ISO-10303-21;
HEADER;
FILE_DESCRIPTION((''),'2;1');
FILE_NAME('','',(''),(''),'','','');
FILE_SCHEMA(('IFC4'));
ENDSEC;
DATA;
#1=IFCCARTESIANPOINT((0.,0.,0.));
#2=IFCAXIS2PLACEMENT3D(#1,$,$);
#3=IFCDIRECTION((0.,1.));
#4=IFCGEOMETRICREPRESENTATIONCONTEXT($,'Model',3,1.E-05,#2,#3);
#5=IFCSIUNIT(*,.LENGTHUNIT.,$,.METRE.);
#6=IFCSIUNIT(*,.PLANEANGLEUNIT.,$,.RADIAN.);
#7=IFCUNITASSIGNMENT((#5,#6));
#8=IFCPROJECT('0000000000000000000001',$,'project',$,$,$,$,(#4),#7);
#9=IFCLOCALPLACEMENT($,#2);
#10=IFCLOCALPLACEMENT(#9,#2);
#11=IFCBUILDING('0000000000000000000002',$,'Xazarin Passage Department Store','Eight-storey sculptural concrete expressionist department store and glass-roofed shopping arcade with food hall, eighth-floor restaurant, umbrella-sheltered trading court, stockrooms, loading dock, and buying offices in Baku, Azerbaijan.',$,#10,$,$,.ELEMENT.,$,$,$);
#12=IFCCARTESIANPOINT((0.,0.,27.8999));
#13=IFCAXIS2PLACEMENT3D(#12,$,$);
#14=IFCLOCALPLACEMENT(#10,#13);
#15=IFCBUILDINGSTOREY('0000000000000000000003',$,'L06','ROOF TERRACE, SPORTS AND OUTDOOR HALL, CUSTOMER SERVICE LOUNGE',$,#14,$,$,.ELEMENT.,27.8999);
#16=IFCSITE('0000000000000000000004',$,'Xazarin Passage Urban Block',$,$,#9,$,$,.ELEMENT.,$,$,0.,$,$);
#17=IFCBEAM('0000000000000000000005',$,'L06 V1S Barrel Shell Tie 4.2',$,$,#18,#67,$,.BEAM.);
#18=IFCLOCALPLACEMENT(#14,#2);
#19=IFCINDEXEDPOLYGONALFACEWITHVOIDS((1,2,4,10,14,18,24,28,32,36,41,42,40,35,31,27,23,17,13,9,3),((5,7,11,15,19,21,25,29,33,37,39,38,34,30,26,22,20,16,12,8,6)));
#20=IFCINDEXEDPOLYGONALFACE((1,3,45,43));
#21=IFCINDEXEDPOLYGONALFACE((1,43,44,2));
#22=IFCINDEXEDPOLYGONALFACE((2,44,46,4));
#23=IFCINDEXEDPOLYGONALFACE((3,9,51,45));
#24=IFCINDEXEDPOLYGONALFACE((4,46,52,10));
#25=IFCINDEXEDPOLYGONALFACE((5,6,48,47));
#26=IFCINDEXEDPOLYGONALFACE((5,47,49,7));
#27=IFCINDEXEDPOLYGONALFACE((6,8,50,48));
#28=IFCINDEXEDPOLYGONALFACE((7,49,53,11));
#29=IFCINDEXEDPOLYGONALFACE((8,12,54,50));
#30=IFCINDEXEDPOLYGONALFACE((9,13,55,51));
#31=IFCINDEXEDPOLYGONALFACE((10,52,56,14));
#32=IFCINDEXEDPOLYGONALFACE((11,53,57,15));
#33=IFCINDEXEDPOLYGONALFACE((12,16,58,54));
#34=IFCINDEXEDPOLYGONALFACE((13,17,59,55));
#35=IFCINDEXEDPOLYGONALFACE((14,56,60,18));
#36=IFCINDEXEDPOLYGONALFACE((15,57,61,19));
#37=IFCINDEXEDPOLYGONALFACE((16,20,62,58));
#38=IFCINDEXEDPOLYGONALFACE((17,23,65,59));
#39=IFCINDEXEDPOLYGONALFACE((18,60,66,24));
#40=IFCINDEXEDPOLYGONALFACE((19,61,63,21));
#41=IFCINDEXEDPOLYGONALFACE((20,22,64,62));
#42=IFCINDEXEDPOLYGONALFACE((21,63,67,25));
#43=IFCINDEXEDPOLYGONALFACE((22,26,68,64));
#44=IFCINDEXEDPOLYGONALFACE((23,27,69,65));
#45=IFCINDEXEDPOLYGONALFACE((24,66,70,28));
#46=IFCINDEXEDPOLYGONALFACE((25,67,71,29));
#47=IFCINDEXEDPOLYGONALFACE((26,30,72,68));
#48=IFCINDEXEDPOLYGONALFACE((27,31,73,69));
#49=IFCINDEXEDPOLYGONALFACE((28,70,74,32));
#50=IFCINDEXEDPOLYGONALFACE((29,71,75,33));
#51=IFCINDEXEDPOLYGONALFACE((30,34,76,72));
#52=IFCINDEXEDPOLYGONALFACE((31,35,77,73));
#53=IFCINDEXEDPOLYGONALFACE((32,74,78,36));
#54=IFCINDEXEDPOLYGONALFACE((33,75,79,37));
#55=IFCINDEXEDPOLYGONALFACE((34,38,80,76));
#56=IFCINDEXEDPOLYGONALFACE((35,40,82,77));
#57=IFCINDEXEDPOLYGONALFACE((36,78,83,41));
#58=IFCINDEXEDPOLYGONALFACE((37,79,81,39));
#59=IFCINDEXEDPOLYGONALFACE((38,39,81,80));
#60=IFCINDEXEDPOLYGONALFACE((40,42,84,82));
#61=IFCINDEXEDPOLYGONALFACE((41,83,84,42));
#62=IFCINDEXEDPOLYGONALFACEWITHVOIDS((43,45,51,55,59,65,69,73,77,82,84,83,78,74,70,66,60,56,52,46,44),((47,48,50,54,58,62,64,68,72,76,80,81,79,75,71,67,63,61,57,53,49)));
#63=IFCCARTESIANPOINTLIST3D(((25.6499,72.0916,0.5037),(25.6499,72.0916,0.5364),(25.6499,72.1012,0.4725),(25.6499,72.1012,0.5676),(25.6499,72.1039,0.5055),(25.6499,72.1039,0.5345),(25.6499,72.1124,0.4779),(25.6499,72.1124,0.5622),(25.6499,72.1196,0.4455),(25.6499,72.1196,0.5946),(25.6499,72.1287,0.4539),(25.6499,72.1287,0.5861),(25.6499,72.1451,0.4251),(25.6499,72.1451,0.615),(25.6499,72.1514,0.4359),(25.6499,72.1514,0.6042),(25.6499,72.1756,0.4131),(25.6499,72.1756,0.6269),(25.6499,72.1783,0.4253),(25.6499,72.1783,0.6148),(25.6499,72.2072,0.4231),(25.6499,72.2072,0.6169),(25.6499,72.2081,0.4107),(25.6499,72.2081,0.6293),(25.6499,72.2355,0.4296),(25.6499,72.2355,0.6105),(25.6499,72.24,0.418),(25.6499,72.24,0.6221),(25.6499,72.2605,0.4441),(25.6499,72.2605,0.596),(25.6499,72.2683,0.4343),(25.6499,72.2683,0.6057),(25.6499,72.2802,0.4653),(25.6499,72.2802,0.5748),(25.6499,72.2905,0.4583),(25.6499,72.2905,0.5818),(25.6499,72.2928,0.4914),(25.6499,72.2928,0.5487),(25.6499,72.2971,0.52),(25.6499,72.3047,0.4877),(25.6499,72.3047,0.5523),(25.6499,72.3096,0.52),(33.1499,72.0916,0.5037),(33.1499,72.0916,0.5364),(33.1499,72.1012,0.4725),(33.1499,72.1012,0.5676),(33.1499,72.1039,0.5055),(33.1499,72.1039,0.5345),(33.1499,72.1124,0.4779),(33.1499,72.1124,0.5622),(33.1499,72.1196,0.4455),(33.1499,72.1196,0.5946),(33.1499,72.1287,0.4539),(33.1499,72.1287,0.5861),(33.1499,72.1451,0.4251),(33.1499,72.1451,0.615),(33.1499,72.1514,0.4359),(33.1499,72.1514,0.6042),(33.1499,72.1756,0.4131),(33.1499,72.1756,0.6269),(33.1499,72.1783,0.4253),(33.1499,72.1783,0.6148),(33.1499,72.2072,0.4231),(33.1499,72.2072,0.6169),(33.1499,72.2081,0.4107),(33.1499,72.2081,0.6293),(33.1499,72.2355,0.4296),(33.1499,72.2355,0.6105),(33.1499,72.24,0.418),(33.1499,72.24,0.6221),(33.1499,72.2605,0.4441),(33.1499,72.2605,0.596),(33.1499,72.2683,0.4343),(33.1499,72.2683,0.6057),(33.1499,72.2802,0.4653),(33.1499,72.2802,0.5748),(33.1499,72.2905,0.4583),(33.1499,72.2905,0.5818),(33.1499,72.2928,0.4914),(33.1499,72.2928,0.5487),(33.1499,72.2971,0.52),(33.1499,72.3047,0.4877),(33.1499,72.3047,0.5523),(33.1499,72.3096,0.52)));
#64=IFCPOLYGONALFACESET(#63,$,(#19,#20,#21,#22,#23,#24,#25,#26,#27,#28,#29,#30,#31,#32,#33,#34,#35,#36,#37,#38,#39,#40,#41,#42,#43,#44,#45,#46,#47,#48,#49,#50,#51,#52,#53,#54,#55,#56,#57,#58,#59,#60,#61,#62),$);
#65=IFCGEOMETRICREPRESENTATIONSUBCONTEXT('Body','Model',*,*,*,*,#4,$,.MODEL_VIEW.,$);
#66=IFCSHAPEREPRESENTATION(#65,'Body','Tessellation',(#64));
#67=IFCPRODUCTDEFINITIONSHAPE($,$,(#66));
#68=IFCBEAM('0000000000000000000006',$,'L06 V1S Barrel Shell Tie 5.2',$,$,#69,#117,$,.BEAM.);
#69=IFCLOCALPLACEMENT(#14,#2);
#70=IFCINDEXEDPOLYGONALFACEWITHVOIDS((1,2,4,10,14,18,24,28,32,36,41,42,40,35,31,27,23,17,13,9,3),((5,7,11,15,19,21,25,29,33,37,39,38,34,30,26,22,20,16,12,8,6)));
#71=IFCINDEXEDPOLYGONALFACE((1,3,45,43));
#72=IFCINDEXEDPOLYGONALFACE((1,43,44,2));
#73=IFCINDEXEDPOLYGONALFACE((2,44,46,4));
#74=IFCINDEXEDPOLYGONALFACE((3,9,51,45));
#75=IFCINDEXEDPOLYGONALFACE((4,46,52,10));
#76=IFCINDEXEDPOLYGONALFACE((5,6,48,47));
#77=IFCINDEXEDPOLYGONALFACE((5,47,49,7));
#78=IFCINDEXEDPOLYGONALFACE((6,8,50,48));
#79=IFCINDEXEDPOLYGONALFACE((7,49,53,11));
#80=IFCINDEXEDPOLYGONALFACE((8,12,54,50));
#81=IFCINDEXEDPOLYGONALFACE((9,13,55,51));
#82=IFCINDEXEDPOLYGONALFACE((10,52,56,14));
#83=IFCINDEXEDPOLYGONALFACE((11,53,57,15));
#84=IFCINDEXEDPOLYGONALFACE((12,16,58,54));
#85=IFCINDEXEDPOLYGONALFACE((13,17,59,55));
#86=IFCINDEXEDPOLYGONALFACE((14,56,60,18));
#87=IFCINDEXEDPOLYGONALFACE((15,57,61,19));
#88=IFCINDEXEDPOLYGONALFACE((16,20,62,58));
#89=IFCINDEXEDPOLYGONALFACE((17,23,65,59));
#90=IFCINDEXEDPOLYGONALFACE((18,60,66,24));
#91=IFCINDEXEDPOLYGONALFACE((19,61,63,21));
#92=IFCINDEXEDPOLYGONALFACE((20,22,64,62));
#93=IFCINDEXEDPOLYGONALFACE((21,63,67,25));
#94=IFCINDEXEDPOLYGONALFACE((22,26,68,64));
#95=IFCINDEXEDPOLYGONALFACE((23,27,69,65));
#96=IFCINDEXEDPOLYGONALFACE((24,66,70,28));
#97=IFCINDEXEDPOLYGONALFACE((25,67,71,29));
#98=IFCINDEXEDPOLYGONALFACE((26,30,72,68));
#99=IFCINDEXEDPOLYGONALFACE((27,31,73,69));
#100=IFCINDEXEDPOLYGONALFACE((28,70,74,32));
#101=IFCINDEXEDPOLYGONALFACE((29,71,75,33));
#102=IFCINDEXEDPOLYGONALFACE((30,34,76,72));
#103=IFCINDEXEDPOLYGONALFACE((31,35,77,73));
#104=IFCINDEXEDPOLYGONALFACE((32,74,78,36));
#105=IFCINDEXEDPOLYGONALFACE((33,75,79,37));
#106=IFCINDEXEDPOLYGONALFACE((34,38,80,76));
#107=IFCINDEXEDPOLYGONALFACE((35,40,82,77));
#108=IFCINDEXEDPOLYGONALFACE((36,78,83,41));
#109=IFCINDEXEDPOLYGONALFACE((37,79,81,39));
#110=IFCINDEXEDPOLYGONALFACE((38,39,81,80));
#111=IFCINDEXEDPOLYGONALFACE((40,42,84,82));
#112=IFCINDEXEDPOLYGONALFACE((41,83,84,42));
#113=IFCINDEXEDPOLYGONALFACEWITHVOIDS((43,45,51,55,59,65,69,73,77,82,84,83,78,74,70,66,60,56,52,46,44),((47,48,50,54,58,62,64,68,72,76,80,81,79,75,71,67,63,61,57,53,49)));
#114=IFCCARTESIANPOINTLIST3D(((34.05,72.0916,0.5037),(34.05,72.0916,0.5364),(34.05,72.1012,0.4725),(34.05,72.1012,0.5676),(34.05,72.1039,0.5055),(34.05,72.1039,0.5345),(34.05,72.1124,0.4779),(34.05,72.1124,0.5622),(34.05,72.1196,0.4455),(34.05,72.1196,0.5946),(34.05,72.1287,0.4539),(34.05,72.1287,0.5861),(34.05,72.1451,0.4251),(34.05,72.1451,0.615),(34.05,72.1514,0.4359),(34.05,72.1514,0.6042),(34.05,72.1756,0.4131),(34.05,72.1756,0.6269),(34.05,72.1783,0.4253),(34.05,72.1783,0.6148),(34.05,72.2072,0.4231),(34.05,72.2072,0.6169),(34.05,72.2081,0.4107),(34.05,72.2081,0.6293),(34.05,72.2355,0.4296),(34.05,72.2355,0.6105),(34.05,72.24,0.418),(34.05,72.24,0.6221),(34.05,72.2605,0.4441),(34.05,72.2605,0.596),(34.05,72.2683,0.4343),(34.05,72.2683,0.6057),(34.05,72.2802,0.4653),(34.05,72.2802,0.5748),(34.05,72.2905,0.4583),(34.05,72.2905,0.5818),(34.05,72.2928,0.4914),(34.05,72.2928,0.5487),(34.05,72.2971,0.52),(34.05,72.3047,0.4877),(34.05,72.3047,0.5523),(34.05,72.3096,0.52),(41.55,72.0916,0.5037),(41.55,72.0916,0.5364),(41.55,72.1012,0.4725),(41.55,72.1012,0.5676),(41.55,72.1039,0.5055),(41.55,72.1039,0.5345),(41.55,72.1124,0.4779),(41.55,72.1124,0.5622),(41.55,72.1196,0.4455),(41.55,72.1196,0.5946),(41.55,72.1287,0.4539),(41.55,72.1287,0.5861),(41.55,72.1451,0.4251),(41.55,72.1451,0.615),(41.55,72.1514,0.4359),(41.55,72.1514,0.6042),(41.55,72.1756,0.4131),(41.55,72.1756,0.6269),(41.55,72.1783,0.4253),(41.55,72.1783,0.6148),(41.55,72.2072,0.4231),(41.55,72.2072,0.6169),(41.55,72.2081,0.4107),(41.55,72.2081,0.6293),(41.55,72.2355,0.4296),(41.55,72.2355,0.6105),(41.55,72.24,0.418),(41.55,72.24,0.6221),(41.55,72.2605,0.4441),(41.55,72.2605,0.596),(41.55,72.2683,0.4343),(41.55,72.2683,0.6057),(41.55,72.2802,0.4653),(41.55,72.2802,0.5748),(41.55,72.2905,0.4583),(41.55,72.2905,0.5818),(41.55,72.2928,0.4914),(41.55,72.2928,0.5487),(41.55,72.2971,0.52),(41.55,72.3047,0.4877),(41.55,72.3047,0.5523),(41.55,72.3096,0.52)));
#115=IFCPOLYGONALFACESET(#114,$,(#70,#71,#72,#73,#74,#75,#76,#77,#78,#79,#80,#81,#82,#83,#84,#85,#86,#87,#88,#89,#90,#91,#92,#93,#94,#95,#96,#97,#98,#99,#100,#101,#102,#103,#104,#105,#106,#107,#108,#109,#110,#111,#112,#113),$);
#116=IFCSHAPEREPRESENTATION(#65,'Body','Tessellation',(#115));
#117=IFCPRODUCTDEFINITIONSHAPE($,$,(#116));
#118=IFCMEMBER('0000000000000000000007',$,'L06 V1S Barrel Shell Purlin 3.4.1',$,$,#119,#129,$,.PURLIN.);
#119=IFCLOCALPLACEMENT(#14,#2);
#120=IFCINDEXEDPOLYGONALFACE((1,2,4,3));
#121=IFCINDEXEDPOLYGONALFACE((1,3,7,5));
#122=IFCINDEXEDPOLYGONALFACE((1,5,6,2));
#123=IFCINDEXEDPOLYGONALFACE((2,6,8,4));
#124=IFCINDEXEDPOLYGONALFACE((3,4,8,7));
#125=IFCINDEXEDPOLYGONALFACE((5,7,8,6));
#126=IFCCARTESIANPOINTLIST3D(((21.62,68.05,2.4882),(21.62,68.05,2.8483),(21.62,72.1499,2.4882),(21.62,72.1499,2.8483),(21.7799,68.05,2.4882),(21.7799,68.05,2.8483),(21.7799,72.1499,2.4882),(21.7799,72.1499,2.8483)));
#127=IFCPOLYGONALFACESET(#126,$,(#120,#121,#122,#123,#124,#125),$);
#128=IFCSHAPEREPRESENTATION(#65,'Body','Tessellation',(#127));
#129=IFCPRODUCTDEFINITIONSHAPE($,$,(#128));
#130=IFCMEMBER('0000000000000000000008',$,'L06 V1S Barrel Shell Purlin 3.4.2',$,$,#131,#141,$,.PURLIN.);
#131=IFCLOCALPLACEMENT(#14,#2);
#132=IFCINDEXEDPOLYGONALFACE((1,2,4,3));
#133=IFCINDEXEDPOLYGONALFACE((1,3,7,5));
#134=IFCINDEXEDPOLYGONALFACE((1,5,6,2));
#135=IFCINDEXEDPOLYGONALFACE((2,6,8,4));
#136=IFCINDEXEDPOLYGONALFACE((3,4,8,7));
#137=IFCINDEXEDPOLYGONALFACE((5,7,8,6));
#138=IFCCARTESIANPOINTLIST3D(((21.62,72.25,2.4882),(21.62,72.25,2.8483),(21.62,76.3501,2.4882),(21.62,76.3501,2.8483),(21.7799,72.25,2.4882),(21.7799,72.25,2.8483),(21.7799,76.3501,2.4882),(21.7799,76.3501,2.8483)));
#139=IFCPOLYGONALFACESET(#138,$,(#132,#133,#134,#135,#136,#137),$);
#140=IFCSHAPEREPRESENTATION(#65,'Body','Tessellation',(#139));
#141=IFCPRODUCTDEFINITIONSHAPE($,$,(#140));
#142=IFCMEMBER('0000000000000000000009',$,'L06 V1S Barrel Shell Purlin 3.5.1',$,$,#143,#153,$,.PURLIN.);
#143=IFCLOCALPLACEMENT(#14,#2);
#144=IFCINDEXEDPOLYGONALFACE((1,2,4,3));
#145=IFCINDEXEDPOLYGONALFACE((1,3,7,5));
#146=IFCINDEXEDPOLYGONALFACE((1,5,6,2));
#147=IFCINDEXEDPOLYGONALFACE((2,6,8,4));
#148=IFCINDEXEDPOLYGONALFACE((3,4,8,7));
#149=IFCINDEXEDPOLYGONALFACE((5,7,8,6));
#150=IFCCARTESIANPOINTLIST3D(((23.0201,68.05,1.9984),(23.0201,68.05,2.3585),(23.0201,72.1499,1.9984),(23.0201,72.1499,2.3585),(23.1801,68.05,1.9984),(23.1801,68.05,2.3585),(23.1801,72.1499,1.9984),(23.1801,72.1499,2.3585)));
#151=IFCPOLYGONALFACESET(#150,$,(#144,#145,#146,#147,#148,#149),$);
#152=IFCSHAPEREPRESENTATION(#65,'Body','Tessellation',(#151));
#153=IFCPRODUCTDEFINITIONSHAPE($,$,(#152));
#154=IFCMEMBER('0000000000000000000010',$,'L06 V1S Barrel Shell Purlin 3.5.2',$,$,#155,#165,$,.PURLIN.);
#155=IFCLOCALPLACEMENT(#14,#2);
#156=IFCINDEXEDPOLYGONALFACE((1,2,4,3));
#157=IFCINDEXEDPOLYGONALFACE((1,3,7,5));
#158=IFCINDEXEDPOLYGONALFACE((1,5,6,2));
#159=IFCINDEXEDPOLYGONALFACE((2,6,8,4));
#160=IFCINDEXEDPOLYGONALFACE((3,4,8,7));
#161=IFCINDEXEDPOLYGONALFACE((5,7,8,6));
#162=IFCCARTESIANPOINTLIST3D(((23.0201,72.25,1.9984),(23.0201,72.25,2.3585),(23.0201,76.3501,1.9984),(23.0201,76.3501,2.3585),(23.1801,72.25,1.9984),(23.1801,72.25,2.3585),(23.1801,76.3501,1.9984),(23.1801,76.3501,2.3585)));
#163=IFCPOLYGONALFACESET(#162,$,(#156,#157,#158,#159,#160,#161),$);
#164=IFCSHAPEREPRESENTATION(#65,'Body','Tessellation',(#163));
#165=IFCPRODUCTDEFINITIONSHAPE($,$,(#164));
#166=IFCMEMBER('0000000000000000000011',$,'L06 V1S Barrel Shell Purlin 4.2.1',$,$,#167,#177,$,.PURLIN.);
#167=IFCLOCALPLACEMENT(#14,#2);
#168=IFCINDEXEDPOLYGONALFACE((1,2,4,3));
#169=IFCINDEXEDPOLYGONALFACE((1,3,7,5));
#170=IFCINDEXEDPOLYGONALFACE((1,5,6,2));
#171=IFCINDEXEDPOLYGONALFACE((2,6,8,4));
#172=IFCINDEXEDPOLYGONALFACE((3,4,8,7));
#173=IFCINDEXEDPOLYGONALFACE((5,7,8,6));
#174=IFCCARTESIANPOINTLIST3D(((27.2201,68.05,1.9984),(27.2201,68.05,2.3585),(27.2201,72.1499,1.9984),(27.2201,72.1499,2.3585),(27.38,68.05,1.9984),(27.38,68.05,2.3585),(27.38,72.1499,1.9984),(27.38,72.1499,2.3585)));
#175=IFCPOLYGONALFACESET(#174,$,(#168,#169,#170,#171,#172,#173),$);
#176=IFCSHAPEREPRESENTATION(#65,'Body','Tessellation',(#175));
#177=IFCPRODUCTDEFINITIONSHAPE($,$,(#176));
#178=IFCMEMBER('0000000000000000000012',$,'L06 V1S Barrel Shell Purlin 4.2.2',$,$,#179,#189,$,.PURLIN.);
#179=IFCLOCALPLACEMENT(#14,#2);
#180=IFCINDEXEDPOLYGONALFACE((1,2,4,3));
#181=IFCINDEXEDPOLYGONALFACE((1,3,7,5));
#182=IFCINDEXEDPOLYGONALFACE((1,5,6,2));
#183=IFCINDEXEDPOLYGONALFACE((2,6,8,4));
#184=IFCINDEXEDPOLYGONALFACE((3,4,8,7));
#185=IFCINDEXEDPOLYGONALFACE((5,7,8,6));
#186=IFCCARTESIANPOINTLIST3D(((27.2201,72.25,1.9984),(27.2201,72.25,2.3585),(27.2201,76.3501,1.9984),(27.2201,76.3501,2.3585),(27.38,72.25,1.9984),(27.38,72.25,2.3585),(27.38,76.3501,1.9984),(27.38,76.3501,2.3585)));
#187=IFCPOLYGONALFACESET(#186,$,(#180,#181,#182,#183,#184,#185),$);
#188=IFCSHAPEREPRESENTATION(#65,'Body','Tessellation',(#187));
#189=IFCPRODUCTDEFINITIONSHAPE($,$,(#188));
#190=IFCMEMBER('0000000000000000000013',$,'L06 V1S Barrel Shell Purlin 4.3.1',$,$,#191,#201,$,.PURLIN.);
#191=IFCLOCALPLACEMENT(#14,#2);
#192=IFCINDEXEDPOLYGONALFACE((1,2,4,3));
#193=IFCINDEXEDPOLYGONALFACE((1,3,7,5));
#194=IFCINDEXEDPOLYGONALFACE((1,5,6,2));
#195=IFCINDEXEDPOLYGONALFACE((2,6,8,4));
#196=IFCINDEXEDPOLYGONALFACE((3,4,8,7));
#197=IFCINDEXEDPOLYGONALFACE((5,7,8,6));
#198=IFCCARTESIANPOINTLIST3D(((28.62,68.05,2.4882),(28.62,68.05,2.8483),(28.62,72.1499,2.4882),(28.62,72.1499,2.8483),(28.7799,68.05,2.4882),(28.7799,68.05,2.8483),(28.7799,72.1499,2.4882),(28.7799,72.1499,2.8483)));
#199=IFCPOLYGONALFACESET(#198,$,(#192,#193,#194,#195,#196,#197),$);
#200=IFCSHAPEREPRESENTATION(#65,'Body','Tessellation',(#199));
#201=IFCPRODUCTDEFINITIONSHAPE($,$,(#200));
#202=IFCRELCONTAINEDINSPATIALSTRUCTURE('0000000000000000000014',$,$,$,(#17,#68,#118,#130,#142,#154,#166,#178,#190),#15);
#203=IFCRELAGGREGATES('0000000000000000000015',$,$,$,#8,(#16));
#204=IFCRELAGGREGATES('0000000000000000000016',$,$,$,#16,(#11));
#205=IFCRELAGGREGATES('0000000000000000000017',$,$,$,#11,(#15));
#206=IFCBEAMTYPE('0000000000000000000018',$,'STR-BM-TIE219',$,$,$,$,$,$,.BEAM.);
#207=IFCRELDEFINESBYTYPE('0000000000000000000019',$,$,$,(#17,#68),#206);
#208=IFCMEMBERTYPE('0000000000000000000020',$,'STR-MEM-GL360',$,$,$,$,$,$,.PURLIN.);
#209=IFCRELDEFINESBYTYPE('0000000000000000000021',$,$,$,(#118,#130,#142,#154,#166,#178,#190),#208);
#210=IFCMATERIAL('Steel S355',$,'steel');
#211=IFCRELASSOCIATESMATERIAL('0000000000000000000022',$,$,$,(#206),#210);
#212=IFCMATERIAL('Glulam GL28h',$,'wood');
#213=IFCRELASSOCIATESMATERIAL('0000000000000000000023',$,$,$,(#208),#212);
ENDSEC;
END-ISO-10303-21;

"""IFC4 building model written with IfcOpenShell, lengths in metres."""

from ifc_helpers import new_model, si_unit, direction, frame, origin, origin_2d, place, context, subcontext, project, spatial, rectangle, hollow_circle, extrude, material, material_profile, profile_set, type_object, element, save


model = new_model("IFC4")

# Units and contexts
model_context = context("Model", 3, precision=1e-05, world=origin(), true_north=direction((0.0, 1.0)))
body_context = subcontext(model_context, "Body", "Model", "MODEL_VIEW")
ifc_project = project(units=[si_unit("LENGTHUNIT", "METRE"), si_unit("PLANEANGLEUNIT", "RADIAN")], contexts=[model_context])

# Site, building, storey
site_placement = place(None, origin())
site = spatial("IfcSite", under=ifc_project, at=site_placement, Name="Xazarin Passage Urban Block", CompositionType="ELEMENT", RefElevation=0.0)
building_placement = place(site_placement, origin())
building = spatial("IfcBuilding", under=site, at=building_placement, Name="Xazarin Passage Department Store", Description="Eight-storey sculptural concrete expressionist department store and glass-roofed shopping arcade with food hall, eighth-floor restaurant, umbrella-sheltered trading court, stockrooms, loading dock, and buying offices in Baku, Azerbaijan.", CompositionType="ELEMENT")
storey_placement = place(building_placement, frame((0.0, 0.0, 27.8999)))
storey = spatial("IfcBuildingStorey", under=building, at=storey_placement, Name="L06", Description="ROOF TERRACE, SPORTS AND OUTDOOR HALL, CUSTOMER SERVICE LOUNGE", CompositionType="ELEMENT", Elevation=27.8999)

# Beams
ifc_material_1 = material(Name="Steel S355", Category="steel")
ifc_material_profile_1 = material_profile(ifc_material_1, hollow_circle(Radius=0.1096, WallThickness=0.0125, at=origin_2d()), Name="CHS 219.1x12.5")
ifc_profile_set_1 = profile_set([ifc_material_profile_1], Name="Steel S355")
beam_type_1 = type_object("IfcBeamType", Name="STR-BM-TIE219", PredefinedType="BEAM", material=ifc_profile_set_1)
for number, where, z_axis, x_axis, name in (
    (1, (25.6499, 72.2, 0.52), (1.0, 0.0, 0.0), (0.0, 1.0, 0.0), "L06 V1S Barrel Shell Tie 4.2"),
    (2, (34.05, 72.2, 0.52), (1.0, 0.0, 0.0), (0.0, 1.0, 0.0), "L06 V1S Barrel Shell Tie 5.2"),
):
    element("IfcBeam", number, at=place(storey_placement, frame(where, z_axis=z_axis, x_axis=x_axis)), inside=storey, type_object=beam_type_1, Name=name, PredefinedType="BEAM", context=body_context, shape_type="SweptSolid", body=[
        extrude(hollow_circle(Radius=0.1096, WallThickness=0.0125, at=origin_2d()), origin(), (0.0, 0.0, 1.0), 7.5),
    ])

# Members
ifc_material_2 = material(Name="Glulam GL28h", Category="wood")
ifc_material_profile_2 = material_profile(ifc_material_2, rectangle(XDim=0.1599, YDim=0.3601, at=origin_2d()), Name="GL28h 160x360")
ifc_profile_set_2 = profile_set([ifc_material_profile_2], Name="Glulam GL28h")
member_type = type_object("IfcMemberType", Name="STR-MEM-GL360", PredefinedType="PURLIN", material=ifc_profile_set_2)
member_1_placement = place(storey_placement, frame((21.7, 68.05, 2.6682), z_axis=(0.0, 1.0, 0.0), x_axis=(-1.0, 0.0, 0.0)))
element("IfcMember", 3, at=member_1_placement, inside=storey, type_object=member_type, Name="L06 V1S Barrel Shell Purlin 3.4.1", PredefinedType="PURLIN", context=body_context, shape_type="SweptSolid", body=[
    extrude(rectangle(XDim=0.1599, YDim=0.3601, at=origin_2d()), origin(), (0.0, 0.0, 1.0), 4.0999),
])
member_2_placement = place(storey_placement, frame((21.7, 72.25, 2.6682), z_axis=(0.0, 1.0, 0.0), x_axis=(-1.0, 0.0, 0.0)))
element("IfcMember", 4, at=member_2_placement, inside=storey, type_object=member_type, Name="L06 V1S Barrel Shell Purlin 3.4.2", PredefinedType="PURLIN", context=body_context, shape_type="SweptSolid", body=[
    extrude(rectangle(XDim=0.1599, YDim=0.3601, at=origin_2d()), origin(), (0.0, 0.0, 1.0), 4.1001),
])
member_3_placement = place(storey_placement, frame((23.1001, 68.05, 2.1785), z_axis=(0.0, 1.0, 0.0), x_axis=(-1.0, 0.0, 0.0)))
element("IfcMember", 5, at=member_3_placement, inside=storey, type_object=member_type, Name="L06 V1S Barrel Shell Purlin 3.5.1", PredefinedType="PURLIN", context=body_context, shape_type="SweptSolid", body=[
    extrude(rectangle(XDim=0.1599, YDim=0.3601, at=origin_2d()), origin(), (0.0, 0.0, 1.0), 4.0999),
])
member_4_placement = place(storey_placement, frame((23.1001, 72.25, 2.1785), z_axis=(0.0, 1.0, 0.0), x_axis=(-1.0, 0.0, 0.0)))
element("IfcMember", 6, at=member_4_placement, inside=storey, type_object=member_type, Name="L06 V1S Barrel Shell Purlin 3.5.2", PredefinedType="PURLIN", context=body_context, shape_type="SweptSolid", body=[
    extrude(rectangle(XDim=0.1599, YDim=0.3601, at=origin_2d()), origin(), (0.0, 0.0, 1.0), 4.1001),
])
member_5_placement = place(storey_placement, frame((27.3, 68.05, 2.1785), z_axis=(0.0, 1.0, 0.0), x_axis=(-1.0, 0.0, 0.0)))
element("IfcMember", 7, at=member_5_placement, inside=storey, type_object=member_type, Name="L06 V1S Barrel Shell Purlin 4.2.1", PredefinedType="PURLIN", context=body_context, shape_type="SweptSolid", body=[
    extrude(rectangle(XDim=0.1599, YDim=0.3601, at=origin_2d()), origin(), (0.0, 0.0, 1.0), 4.0999),
])
member_6_placement = place(storey_placement, frame((27.3, 72.25, 2.1785), z_axis=(0.0, 1.0, 0.0), x_axis=(-1.0, 0.0, 0.0)))
element("IfcMember", 8, at=member_6_placement, inside=storey, type_object=member_type, Name="L06 V1S Barrel Shell Purlin 4.2.2", PredefinedType="PURLIN", context=body_context, shape_type="SweptSolid", body=[
    extrude(rectangle(XDim=0.1599, YDim=0.3601, at=origin_2d()), origin(), (0.0, 0.0, 1.0), 4.1001),
])
member_7_placement = place(storey_placement, frame((28.7, 68.05, 2.6682), z_axis=(0.0, 1.0, 0.0), x_axis=(-1.0, 0.0, 0.0)))
element("IfcMember", 9, at=member_7_placement, inside=storey, type_object=member_type, Name="L06 V1S Barrel Shell Purlin 4.3.1", PredefinedType="PURLIN", context=body_context, shape_type="SweptSolid", body=[
    extrude(rectangle(XDim=0.1599, YDim=0.3601, at=origin_2d()), origin(), (0.0, 0.0, 1.0), 4.0999),
])

save(model, "model.ifc")
